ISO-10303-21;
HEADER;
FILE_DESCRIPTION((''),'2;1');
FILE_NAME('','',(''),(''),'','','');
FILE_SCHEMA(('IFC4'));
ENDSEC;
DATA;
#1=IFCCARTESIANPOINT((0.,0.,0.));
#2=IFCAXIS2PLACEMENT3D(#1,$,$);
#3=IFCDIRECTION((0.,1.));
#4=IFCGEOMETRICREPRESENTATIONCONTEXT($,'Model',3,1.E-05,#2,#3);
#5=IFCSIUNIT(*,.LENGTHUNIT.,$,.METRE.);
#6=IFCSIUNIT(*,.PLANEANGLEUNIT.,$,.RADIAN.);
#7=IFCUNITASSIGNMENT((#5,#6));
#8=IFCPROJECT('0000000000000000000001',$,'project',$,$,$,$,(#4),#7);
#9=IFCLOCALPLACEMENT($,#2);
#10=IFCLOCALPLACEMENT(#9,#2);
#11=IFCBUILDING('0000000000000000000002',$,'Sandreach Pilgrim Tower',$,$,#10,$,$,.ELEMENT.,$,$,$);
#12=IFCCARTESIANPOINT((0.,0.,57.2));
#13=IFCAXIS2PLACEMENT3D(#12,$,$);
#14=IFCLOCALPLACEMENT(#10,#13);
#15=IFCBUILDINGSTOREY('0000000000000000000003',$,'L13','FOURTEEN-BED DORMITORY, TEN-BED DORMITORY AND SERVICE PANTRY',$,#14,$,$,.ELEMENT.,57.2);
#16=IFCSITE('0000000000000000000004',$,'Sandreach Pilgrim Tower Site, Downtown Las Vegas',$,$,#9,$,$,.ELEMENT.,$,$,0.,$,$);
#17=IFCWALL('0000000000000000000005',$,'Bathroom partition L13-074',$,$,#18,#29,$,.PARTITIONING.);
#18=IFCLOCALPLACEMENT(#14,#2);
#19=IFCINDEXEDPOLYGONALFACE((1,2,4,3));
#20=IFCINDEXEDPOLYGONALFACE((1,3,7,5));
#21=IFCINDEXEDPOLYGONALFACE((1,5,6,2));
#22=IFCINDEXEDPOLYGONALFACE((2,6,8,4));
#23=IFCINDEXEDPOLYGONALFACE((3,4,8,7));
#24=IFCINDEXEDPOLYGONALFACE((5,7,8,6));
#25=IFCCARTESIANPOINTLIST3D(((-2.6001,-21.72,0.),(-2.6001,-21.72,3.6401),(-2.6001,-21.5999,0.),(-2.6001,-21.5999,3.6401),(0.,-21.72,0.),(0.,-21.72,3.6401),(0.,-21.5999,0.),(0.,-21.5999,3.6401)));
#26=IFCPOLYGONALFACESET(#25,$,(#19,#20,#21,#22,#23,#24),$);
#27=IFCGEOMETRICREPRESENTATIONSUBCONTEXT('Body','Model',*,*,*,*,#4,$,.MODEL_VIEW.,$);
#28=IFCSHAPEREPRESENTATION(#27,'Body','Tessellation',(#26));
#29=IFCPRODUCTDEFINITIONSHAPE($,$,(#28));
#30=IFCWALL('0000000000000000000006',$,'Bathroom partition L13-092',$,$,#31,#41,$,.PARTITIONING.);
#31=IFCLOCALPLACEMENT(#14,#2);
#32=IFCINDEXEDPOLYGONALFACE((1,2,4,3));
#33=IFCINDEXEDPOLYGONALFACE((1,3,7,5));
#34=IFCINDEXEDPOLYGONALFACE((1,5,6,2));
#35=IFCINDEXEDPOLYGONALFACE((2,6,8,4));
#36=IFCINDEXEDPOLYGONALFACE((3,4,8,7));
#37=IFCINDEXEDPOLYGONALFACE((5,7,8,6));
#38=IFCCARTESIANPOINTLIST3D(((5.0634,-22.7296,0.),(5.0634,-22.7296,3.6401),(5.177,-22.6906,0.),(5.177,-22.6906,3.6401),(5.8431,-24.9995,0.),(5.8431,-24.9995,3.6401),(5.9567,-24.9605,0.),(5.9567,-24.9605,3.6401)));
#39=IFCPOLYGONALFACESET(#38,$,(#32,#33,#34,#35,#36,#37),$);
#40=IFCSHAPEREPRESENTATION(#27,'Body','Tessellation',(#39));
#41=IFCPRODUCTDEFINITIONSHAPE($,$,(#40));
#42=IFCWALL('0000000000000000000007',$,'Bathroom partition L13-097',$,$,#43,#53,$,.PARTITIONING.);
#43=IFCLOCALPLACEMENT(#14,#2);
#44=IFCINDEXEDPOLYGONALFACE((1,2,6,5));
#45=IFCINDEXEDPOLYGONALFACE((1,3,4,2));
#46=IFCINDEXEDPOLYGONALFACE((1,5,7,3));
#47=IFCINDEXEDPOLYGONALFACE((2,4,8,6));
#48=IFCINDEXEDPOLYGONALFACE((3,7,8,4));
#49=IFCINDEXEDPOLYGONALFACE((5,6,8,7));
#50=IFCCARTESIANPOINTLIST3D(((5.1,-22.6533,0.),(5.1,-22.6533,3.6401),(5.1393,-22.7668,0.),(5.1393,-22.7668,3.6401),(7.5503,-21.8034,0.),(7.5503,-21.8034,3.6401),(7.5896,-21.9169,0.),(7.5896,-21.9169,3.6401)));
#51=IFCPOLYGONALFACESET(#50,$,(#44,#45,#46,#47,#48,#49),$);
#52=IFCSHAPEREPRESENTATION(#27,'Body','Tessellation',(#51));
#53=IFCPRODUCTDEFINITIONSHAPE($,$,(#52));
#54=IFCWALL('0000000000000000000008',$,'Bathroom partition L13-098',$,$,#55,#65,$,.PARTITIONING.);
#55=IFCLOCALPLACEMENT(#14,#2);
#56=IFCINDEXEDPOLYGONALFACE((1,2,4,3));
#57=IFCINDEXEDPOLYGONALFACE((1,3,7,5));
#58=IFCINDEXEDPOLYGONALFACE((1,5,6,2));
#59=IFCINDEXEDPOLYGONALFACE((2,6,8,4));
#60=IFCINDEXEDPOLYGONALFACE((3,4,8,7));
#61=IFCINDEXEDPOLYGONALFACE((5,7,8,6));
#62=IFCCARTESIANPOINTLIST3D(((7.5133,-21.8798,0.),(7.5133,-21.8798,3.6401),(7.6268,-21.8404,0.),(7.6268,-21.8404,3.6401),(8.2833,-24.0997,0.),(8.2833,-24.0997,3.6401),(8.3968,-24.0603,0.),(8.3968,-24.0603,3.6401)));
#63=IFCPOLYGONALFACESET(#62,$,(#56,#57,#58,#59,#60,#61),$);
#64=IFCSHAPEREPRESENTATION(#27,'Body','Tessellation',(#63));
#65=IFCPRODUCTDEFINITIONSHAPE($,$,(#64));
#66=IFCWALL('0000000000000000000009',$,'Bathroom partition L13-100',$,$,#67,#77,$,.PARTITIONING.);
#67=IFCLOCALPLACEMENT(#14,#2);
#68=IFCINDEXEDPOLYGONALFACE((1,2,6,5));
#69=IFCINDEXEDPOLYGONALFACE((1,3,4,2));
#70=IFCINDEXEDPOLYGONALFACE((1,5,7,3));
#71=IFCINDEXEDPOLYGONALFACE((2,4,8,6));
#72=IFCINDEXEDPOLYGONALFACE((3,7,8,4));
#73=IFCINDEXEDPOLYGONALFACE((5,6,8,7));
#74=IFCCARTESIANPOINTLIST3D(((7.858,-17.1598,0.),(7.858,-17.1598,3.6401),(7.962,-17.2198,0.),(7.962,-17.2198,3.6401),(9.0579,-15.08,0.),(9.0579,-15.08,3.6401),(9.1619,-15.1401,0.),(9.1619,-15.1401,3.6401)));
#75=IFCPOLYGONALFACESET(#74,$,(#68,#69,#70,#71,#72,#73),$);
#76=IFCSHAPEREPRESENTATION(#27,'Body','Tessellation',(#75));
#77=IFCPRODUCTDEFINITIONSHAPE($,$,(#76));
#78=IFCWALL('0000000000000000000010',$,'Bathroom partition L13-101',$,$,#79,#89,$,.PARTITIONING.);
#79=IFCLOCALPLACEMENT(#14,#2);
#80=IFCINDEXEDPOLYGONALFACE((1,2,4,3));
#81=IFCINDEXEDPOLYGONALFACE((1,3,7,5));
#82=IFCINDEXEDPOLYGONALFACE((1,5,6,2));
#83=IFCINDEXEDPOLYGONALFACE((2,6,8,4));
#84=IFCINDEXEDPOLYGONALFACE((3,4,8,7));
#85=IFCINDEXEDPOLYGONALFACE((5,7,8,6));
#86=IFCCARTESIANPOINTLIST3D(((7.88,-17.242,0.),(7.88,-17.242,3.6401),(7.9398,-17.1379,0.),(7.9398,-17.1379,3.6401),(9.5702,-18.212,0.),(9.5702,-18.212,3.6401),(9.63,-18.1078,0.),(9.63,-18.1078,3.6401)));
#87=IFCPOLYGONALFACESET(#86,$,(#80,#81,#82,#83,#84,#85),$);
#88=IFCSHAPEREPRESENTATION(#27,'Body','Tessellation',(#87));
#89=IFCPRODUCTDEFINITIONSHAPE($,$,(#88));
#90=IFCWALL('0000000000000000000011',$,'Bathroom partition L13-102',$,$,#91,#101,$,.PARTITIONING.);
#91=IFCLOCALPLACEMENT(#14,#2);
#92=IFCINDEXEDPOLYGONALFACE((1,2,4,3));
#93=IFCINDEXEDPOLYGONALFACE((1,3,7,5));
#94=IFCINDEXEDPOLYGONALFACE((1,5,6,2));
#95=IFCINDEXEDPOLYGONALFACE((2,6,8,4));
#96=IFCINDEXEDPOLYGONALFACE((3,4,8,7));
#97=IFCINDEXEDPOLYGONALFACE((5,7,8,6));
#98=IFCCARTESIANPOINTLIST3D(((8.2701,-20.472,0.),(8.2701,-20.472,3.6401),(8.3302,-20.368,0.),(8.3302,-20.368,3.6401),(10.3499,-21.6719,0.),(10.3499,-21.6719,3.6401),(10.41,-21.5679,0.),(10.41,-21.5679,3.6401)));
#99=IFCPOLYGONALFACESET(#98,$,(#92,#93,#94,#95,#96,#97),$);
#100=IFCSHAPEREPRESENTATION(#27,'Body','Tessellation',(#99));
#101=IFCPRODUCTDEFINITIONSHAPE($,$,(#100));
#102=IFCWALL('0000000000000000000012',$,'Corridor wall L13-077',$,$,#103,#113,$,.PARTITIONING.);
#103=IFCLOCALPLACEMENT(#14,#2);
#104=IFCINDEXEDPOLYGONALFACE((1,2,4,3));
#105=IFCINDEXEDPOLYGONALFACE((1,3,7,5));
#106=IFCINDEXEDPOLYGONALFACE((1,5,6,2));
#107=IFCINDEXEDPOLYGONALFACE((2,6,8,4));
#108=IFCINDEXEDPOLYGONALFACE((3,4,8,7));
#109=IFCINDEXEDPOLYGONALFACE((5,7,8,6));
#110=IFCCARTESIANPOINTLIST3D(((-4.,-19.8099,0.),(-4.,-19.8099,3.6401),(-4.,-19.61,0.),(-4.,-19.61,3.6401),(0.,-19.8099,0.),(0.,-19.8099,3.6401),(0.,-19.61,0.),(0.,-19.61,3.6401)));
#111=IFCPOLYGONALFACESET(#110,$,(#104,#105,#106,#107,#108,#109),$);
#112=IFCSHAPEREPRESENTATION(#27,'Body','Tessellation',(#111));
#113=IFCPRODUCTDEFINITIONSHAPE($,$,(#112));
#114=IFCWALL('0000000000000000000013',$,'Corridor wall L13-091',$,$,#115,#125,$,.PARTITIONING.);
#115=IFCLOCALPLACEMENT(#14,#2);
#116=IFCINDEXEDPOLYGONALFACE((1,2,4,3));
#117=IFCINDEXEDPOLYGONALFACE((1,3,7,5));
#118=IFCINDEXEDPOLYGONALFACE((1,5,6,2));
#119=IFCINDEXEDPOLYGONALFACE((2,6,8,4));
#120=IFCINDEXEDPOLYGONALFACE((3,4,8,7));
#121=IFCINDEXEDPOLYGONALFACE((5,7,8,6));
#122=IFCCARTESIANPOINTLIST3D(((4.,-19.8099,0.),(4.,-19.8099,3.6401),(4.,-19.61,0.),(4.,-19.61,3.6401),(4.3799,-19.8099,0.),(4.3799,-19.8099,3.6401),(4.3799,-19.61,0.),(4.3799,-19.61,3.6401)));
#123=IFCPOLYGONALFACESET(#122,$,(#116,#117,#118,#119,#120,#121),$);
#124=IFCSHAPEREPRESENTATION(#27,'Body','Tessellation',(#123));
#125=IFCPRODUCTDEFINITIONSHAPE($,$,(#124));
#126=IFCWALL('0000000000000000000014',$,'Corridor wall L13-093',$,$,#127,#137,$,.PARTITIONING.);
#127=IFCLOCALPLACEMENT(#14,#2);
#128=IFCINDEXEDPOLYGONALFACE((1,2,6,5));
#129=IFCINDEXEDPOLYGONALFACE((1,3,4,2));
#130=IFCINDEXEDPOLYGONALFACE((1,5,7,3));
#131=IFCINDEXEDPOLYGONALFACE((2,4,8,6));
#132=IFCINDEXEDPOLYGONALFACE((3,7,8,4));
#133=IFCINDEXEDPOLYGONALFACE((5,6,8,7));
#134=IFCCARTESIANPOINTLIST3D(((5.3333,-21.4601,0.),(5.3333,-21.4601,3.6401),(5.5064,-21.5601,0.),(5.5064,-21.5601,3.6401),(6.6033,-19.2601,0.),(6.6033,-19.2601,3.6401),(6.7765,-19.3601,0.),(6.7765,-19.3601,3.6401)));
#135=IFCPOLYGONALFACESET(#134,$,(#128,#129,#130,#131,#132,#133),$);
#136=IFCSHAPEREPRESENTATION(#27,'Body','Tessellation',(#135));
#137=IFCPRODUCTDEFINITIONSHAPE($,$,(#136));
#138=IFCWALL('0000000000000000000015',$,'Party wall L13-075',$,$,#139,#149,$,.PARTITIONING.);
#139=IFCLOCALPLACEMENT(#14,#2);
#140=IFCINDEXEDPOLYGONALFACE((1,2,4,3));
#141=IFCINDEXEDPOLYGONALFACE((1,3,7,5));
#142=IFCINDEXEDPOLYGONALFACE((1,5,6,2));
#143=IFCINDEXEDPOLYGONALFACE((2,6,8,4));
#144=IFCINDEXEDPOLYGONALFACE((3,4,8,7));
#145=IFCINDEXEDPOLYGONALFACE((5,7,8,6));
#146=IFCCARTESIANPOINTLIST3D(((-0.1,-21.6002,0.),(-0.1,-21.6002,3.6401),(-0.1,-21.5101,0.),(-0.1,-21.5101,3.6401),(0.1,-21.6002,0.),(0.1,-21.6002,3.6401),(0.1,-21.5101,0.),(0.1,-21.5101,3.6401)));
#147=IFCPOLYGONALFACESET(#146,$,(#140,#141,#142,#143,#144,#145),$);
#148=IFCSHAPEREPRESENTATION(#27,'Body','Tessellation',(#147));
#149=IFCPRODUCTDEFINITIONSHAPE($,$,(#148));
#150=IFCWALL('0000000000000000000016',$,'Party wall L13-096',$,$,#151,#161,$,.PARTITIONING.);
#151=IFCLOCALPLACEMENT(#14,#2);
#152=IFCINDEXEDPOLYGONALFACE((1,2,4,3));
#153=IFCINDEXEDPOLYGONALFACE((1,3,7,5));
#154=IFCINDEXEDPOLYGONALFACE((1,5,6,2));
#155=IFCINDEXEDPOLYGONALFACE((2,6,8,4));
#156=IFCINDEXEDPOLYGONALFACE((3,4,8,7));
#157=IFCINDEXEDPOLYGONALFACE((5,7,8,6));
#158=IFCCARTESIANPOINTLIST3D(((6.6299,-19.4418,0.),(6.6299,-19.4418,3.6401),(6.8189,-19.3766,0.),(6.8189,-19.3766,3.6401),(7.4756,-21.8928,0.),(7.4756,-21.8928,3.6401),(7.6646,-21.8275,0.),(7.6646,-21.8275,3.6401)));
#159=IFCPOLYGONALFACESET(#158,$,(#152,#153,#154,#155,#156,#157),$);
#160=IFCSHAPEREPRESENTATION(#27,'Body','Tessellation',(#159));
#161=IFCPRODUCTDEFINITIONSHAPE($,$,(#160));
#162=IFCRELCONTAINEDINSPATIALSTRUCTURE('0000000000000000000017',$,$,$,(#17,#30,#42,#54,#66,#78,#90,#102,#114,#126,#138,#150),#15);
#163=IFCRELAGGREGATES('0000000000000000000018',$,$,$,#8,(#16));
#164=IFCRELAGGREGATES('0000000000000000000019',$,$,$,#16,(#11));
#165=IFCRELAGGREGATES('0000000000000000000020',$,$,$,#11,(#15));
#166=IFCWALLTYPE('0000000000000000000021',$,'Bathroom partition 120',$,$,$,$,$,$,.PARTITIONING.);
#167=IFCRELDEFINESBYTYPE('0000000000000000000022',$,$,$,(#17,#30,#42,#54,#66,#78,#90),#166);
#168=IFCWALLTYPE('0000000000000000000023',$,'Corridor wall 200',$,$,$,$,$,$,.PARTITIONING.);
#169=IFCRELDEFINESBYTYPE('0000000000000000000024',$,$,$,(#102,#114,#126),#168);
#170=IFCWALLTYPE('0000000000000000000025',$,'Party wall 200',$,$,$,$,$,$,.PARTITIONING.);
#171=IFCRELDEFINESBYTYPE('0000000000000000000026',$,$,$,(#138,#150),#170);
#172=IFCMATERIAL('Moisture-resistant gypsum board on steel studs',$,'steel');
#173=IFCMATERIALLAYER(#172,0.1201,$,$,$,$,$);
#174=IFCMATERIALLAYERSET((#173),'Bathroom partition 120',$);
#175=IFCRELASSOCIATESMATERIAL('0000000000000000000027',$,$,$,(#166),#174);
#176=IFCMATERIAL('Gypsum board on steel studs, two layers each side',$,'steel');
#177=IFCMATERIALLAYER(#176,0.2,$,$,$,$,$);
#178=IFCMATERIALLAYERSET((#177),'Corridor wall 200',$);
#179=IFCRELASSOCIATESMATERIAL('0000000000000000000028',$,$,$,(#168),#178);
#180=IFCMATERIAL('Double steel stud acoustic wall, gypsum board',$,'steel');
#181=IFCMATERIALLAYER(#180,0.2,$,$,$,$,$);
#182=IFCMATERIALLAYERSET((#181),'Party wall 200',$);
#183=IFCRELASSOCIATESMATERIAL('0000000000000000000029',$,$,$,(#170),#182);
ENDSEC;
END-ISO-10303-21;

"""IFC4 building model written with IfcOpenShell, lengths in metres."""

from ifc_helpers import new_model, si_unit, direction, frame, frame_2d, origin, place, context, subcontext, project, spatial, rectangle, extrude, material, layer, layer_set, type_object, element, save


model = new_model("IFC4")

# Units and contexts
model_context = context("Model", 3, precision=1e-05, world=origin(), true_north=direction((0.0, 1.0)))
body_context = subcontext(model_context, "Body", "Model", "MODEL_VIEW")
ifc_project = project(units=[si_unit("LENGTHUNIT", "METRE"), si_unit("PLANEANGLEUNIT", "RADIAN")], contexts=[model_context])

# Site, building, storey
site_placement = place(None, origin())
site = spatial("IfcSite", under=ifc_project, at=site_placement, Name="Sandreach Pilgrim Tower Site, Downtown Las Vegas", CompositionType="ELEMENT", RefElevation=0.0)
building_placement = place(site_placement, origin())
building = spatial("IfcBuilding", under=site, at=building_placement, Name="Sandreach Pilgrim Tower", CompositionType="ELEMENT")
storey_placement = place(building_placement, frame((0.0, 0.0, 57.2)))
storey = spatial("IfcBuildingStorey", under=building, at=storey_placement, Name="L13", Description="FOURTEEN-BED DORMITORY, TEN-BED DORMITORY AND SERVICE PANTRY", CompositionType="ELEMENT", Elevation=57.2)

# Walls
ifc_material_1 = material(Name="Moisture-resistant gypsum board on steel studs", Category="steel")
ifc_layer_1 = layer(ifc_material_1, 0.1201)
ifc_layer_set_1 = layer_set([ifc_layer_1], Name="Bathroom partition 120")
wall_type_1 = type_object("IfcWallType", Name="Bathroom partition 120", PredefinedType="PARTITIONING", material=ifc_layer_set_1)
wall_1_placement = place(storey_placement, frame((0.0, -21.6599, 0.0), z_axis=(0.0, 0.0, 1.0), x_axis=(-1.0, 0.0, 0.0)))
element("IfcWall", 1, at=wall_1_placement, inside=storey, type_object=wall_type_1, Name="Bathroom partition L13-074", PredefinedType="PARTITIONING", context=body_context, shape_type="SweptSolid", body=[
    extrude(rectangle(XDim=2.6001, YDim=0.1201, at=frame_2d((1.3, 0.0))), origin(), (0.0, 0.0, 1.0), 3.6401),
])
wall_2_placement = place(storey_placement, frame((5.1201, -22.71, 0.0), z_axis=(0.0, 0.0, 1.0), x_axis=(0.324881, -0.945755, 0.0)))
element("IfcWall", 2, at=wall_2_placement, inside=storey, type_object=wall_type_1, Name="Bathroom partition L13-092", PredefinedType="PARTITIONING", context=body_context, shape_type="SweptSolid", body=[
    extrude(rectangle(XDim=2.4001, YDim=0.1201, at=frame_2d((1.2002, 0.0))), origin(), (0.0, 0.0, 1.0), 3.6401),
])
wall_3_placement = place(storey_placement, frame((7.5701, -21.8601, 0.0), z_axis=(0.0, 0.0, 1.0), x_axis=(-0.944782, -0.327699, 0.0)))
element("IfcWall", 3, at=wall_3_placement, inside=storey, type_object=wall_type_1, Name="Bathroom partition L13-097", PredefinedType="PARTITIONING", context=body_context, shape_type="SweptSolid", body=[
    extrude(rectangle(XDim=2.5935, YDim=0.1201, at=frame_2d((1.2969, 0.0))), origin(), (0.0, 0.0, 1.0), 3.6401),
])
wall_4_placement = place(storey_placement, frame((7.5701, -21.8601, 0.0), z_axis=(0.0, 0.0, 1.0), x_axis=(0.327706, -0.94478, 0.0)))
element("IfcWall", 4, at=wall_4_placement, inside=storey, type_object=wall_type_1, Name="Bathroom partition L13-098", PredefinedType="PARTITIONING", context=body_context, shape_type="SweptSolid", body=[
    extrude(rectangle(XDim=2.3496, YDim=0.1201, at=frame_2d((1.1748, 0.0))), origin(), (0.0, 0.0, 1.0), 3.6401),
])
wall_5_placement = place(storey_placement, frame((7.9099, -17.1899, 0.0), z_axis=(0.0, 0.0, 1.0), x_axis=(0.499737, 0.866177, 0.0)))
element("IfcWall", 5, at=wall_5_placement, inside=storey, type_object=wall_type_1, Name="Bathroom partition L13-100", PredefinedType="PARTITIONING", context=body_context, shape_type="SweptSolid", body=[
    extrude(rectangle(XDim=2.4011, YDim=0.1201, at=frame_2d((1.2007, 0.0))), origin(), (0.0, 0.0, 1.0), 3.6401),
])
wall_6_placement = place(storey_placement, frame((7.9099, -17.1899, 0.0), z_axis=(0.0, 0.0, 1.0), x_axis=(0.867324, -0.497744, 0.0)))
element("IfcWall", 6, at=wall_6_placement, inside=storey, type_object=wall_type_1, Name="Bathroom partition L13-101", PredefinedType="PARTITIONING", context=body_context, shape_type="SweptSolid", body=[
    extrude(rectangle(XDim=1.9487, YDim=0.1201, at=frame_2d((0.9744, 0.0))), origin(), (0.0, 0.0, 1.0), 3.6401),
])
wall_7_placement = place(storey_placement, frame((8.3, -20.4199, 0.0), z_axis=(0.0, 0.0, 1.0), x_axis=(0.866177, -0.499737, 0.0)))
element("IfcWall", 7, at=wall_7_placement, inside=storey, type_object=wall_type_1, Name="Bathroom partition L13-102", PredefinedType="PARTITIONING", context=body_context, shape_type="SweptSolid", body=[
    extrude(rectangle(XDim=2.4011, YDim=0.1201, at=frame_2d((1.2007, 0.0))), origin(), (0.0, 0.0, 1.0), 3.6401),
])

# Shared definitions
ifc_material_2 = material(Name="Gypsum board on steel studs, two layers each side", Category="steel")
ifc_layer_2 = layer(ifc_material_2, 0.2)
ifc_layer_set_2 = layer_set([ifc_layer_2], Name="Corridor wall 200")
wall_type_2 = type_object("IfcWallType", Name="Corridor wall 200", PredefinedType="PARTITIONING", material=ifc_layer_set_2)

# Wall
wall_8_placement = place(storey_placement, frame((0.0, -19.71, 0.0), z_axis=(0.0, 0.0, 1.0), x_axis=(-1.0, 0.0, 0.0)))
element("IfcWall", 8, at=wall_8_placement, inside=storey, type_object=wall_type_2, Name="Corridor wall L13-077", PredefinedType="PARTITIONING", context=body_context, shape_type="SweptSolid", body=[
    extrude(rectangle(XDim=4.0, YDim=0.2, at=frame_2d((2.0, 0.0))), origin(), (0.0, 0.0, 1.0), 3.6401),
])

# Walls
wall_9_placement = place(storey_placement, frame((4.3799, -19.71, 0.0), z_axis=(0.0, 0.0, 1.0), x_axis=(-1.0, 0.0, 0.0)))
element("IfcWall", 9, at=wall_9_placement, inside=storey, type_object=wall_type_2, Name="Corridor wall L13-091", PredefinedType="PARTITIONING", context=body_context, shape_type="SweptSolid", body=[
    extrude(rectangle(XDim=0.3799, YDim=0.2, at=frame_2d((0.1899, 0.0))), origin(), (0.0, 0.0, 1.0), 3.6401),
])
wall_10_placement = place(storey_placement, frame((5.4199, -21.51, 0.0), z_axis=(0.0, 0.0, 1.0), x_axis=(0.499964, 0.866046, 0.0)))
element("IfcWall", 10, at=wall_10_placement, inside=storey, type_object=wall_type_2, Name="Corridor wall L13-093", PredefinedType="PARTITIONING", context=body_context, shape_type="SweptSolid", body=[
    extrude(rectangle(XDim=2.5403, YDim=0.2, at=frame_2d((1.27, 0.0))), origin(), (0.0, 0.0, 1.0), 3.6401),
])

# Walls
ifc_material_3 = material(Name="Double steel stud acoustic wall, gypsum board", Category="steel")
ifc_layer_3 = layer(ifc_material_3, 0.2)
ifc_layer_set_3 = layer_set([ifc_layer_3], Name="Party wall 200")
wall_type_3 = type_object("IfcWallType", Name="Party wall 200", PredefinedType="PARTITIONING", material=ifc_layer_set_3)
wall_11_placement = place(storey_placement, frame((0.0, -21.6001, 0.0), z_axis=(0.0, 0.0, 1.0), x_axis=(0.0, 1.0, 0.0)))
element("IfcWall", 11, at=wall_11_placement, inside=storey, type_object=wall_type_3, Name="Party wall L13-075", PredefinedType="PARTITIONING", context=body_context, shape_type="SweptSolid", body=[
    extrude(rectangle(XDim=0.0901, YDim=0.2, at=frame_2d((0.0449, 0.0))), origin(), (0.0, 0.0, 1.0), 3.6401),
])
wall_12_placement = place(storey_placement, frame((6.7244, -19.4092, 0.0), z_axis=(0.0, 0.0, 1.0), x_axis=(0.326182, -0.945307, 0.0)))
element("IfcWall", 12, at=wall_12_placement, inside=storey, type_object=wall_type_3, Name="Party wall L13-096", PredefinedType="PARTITIONING", context=body_context, shape_type="SweptSolid", body=[
    extrude(rectangle(XDim=2.5928, YDim=0.2, at=frame_2d((1.2964, 0.0))), origin(), (0.0, 0.0, 1.0), 3.6401),
])

save(model, "model.ifc")
